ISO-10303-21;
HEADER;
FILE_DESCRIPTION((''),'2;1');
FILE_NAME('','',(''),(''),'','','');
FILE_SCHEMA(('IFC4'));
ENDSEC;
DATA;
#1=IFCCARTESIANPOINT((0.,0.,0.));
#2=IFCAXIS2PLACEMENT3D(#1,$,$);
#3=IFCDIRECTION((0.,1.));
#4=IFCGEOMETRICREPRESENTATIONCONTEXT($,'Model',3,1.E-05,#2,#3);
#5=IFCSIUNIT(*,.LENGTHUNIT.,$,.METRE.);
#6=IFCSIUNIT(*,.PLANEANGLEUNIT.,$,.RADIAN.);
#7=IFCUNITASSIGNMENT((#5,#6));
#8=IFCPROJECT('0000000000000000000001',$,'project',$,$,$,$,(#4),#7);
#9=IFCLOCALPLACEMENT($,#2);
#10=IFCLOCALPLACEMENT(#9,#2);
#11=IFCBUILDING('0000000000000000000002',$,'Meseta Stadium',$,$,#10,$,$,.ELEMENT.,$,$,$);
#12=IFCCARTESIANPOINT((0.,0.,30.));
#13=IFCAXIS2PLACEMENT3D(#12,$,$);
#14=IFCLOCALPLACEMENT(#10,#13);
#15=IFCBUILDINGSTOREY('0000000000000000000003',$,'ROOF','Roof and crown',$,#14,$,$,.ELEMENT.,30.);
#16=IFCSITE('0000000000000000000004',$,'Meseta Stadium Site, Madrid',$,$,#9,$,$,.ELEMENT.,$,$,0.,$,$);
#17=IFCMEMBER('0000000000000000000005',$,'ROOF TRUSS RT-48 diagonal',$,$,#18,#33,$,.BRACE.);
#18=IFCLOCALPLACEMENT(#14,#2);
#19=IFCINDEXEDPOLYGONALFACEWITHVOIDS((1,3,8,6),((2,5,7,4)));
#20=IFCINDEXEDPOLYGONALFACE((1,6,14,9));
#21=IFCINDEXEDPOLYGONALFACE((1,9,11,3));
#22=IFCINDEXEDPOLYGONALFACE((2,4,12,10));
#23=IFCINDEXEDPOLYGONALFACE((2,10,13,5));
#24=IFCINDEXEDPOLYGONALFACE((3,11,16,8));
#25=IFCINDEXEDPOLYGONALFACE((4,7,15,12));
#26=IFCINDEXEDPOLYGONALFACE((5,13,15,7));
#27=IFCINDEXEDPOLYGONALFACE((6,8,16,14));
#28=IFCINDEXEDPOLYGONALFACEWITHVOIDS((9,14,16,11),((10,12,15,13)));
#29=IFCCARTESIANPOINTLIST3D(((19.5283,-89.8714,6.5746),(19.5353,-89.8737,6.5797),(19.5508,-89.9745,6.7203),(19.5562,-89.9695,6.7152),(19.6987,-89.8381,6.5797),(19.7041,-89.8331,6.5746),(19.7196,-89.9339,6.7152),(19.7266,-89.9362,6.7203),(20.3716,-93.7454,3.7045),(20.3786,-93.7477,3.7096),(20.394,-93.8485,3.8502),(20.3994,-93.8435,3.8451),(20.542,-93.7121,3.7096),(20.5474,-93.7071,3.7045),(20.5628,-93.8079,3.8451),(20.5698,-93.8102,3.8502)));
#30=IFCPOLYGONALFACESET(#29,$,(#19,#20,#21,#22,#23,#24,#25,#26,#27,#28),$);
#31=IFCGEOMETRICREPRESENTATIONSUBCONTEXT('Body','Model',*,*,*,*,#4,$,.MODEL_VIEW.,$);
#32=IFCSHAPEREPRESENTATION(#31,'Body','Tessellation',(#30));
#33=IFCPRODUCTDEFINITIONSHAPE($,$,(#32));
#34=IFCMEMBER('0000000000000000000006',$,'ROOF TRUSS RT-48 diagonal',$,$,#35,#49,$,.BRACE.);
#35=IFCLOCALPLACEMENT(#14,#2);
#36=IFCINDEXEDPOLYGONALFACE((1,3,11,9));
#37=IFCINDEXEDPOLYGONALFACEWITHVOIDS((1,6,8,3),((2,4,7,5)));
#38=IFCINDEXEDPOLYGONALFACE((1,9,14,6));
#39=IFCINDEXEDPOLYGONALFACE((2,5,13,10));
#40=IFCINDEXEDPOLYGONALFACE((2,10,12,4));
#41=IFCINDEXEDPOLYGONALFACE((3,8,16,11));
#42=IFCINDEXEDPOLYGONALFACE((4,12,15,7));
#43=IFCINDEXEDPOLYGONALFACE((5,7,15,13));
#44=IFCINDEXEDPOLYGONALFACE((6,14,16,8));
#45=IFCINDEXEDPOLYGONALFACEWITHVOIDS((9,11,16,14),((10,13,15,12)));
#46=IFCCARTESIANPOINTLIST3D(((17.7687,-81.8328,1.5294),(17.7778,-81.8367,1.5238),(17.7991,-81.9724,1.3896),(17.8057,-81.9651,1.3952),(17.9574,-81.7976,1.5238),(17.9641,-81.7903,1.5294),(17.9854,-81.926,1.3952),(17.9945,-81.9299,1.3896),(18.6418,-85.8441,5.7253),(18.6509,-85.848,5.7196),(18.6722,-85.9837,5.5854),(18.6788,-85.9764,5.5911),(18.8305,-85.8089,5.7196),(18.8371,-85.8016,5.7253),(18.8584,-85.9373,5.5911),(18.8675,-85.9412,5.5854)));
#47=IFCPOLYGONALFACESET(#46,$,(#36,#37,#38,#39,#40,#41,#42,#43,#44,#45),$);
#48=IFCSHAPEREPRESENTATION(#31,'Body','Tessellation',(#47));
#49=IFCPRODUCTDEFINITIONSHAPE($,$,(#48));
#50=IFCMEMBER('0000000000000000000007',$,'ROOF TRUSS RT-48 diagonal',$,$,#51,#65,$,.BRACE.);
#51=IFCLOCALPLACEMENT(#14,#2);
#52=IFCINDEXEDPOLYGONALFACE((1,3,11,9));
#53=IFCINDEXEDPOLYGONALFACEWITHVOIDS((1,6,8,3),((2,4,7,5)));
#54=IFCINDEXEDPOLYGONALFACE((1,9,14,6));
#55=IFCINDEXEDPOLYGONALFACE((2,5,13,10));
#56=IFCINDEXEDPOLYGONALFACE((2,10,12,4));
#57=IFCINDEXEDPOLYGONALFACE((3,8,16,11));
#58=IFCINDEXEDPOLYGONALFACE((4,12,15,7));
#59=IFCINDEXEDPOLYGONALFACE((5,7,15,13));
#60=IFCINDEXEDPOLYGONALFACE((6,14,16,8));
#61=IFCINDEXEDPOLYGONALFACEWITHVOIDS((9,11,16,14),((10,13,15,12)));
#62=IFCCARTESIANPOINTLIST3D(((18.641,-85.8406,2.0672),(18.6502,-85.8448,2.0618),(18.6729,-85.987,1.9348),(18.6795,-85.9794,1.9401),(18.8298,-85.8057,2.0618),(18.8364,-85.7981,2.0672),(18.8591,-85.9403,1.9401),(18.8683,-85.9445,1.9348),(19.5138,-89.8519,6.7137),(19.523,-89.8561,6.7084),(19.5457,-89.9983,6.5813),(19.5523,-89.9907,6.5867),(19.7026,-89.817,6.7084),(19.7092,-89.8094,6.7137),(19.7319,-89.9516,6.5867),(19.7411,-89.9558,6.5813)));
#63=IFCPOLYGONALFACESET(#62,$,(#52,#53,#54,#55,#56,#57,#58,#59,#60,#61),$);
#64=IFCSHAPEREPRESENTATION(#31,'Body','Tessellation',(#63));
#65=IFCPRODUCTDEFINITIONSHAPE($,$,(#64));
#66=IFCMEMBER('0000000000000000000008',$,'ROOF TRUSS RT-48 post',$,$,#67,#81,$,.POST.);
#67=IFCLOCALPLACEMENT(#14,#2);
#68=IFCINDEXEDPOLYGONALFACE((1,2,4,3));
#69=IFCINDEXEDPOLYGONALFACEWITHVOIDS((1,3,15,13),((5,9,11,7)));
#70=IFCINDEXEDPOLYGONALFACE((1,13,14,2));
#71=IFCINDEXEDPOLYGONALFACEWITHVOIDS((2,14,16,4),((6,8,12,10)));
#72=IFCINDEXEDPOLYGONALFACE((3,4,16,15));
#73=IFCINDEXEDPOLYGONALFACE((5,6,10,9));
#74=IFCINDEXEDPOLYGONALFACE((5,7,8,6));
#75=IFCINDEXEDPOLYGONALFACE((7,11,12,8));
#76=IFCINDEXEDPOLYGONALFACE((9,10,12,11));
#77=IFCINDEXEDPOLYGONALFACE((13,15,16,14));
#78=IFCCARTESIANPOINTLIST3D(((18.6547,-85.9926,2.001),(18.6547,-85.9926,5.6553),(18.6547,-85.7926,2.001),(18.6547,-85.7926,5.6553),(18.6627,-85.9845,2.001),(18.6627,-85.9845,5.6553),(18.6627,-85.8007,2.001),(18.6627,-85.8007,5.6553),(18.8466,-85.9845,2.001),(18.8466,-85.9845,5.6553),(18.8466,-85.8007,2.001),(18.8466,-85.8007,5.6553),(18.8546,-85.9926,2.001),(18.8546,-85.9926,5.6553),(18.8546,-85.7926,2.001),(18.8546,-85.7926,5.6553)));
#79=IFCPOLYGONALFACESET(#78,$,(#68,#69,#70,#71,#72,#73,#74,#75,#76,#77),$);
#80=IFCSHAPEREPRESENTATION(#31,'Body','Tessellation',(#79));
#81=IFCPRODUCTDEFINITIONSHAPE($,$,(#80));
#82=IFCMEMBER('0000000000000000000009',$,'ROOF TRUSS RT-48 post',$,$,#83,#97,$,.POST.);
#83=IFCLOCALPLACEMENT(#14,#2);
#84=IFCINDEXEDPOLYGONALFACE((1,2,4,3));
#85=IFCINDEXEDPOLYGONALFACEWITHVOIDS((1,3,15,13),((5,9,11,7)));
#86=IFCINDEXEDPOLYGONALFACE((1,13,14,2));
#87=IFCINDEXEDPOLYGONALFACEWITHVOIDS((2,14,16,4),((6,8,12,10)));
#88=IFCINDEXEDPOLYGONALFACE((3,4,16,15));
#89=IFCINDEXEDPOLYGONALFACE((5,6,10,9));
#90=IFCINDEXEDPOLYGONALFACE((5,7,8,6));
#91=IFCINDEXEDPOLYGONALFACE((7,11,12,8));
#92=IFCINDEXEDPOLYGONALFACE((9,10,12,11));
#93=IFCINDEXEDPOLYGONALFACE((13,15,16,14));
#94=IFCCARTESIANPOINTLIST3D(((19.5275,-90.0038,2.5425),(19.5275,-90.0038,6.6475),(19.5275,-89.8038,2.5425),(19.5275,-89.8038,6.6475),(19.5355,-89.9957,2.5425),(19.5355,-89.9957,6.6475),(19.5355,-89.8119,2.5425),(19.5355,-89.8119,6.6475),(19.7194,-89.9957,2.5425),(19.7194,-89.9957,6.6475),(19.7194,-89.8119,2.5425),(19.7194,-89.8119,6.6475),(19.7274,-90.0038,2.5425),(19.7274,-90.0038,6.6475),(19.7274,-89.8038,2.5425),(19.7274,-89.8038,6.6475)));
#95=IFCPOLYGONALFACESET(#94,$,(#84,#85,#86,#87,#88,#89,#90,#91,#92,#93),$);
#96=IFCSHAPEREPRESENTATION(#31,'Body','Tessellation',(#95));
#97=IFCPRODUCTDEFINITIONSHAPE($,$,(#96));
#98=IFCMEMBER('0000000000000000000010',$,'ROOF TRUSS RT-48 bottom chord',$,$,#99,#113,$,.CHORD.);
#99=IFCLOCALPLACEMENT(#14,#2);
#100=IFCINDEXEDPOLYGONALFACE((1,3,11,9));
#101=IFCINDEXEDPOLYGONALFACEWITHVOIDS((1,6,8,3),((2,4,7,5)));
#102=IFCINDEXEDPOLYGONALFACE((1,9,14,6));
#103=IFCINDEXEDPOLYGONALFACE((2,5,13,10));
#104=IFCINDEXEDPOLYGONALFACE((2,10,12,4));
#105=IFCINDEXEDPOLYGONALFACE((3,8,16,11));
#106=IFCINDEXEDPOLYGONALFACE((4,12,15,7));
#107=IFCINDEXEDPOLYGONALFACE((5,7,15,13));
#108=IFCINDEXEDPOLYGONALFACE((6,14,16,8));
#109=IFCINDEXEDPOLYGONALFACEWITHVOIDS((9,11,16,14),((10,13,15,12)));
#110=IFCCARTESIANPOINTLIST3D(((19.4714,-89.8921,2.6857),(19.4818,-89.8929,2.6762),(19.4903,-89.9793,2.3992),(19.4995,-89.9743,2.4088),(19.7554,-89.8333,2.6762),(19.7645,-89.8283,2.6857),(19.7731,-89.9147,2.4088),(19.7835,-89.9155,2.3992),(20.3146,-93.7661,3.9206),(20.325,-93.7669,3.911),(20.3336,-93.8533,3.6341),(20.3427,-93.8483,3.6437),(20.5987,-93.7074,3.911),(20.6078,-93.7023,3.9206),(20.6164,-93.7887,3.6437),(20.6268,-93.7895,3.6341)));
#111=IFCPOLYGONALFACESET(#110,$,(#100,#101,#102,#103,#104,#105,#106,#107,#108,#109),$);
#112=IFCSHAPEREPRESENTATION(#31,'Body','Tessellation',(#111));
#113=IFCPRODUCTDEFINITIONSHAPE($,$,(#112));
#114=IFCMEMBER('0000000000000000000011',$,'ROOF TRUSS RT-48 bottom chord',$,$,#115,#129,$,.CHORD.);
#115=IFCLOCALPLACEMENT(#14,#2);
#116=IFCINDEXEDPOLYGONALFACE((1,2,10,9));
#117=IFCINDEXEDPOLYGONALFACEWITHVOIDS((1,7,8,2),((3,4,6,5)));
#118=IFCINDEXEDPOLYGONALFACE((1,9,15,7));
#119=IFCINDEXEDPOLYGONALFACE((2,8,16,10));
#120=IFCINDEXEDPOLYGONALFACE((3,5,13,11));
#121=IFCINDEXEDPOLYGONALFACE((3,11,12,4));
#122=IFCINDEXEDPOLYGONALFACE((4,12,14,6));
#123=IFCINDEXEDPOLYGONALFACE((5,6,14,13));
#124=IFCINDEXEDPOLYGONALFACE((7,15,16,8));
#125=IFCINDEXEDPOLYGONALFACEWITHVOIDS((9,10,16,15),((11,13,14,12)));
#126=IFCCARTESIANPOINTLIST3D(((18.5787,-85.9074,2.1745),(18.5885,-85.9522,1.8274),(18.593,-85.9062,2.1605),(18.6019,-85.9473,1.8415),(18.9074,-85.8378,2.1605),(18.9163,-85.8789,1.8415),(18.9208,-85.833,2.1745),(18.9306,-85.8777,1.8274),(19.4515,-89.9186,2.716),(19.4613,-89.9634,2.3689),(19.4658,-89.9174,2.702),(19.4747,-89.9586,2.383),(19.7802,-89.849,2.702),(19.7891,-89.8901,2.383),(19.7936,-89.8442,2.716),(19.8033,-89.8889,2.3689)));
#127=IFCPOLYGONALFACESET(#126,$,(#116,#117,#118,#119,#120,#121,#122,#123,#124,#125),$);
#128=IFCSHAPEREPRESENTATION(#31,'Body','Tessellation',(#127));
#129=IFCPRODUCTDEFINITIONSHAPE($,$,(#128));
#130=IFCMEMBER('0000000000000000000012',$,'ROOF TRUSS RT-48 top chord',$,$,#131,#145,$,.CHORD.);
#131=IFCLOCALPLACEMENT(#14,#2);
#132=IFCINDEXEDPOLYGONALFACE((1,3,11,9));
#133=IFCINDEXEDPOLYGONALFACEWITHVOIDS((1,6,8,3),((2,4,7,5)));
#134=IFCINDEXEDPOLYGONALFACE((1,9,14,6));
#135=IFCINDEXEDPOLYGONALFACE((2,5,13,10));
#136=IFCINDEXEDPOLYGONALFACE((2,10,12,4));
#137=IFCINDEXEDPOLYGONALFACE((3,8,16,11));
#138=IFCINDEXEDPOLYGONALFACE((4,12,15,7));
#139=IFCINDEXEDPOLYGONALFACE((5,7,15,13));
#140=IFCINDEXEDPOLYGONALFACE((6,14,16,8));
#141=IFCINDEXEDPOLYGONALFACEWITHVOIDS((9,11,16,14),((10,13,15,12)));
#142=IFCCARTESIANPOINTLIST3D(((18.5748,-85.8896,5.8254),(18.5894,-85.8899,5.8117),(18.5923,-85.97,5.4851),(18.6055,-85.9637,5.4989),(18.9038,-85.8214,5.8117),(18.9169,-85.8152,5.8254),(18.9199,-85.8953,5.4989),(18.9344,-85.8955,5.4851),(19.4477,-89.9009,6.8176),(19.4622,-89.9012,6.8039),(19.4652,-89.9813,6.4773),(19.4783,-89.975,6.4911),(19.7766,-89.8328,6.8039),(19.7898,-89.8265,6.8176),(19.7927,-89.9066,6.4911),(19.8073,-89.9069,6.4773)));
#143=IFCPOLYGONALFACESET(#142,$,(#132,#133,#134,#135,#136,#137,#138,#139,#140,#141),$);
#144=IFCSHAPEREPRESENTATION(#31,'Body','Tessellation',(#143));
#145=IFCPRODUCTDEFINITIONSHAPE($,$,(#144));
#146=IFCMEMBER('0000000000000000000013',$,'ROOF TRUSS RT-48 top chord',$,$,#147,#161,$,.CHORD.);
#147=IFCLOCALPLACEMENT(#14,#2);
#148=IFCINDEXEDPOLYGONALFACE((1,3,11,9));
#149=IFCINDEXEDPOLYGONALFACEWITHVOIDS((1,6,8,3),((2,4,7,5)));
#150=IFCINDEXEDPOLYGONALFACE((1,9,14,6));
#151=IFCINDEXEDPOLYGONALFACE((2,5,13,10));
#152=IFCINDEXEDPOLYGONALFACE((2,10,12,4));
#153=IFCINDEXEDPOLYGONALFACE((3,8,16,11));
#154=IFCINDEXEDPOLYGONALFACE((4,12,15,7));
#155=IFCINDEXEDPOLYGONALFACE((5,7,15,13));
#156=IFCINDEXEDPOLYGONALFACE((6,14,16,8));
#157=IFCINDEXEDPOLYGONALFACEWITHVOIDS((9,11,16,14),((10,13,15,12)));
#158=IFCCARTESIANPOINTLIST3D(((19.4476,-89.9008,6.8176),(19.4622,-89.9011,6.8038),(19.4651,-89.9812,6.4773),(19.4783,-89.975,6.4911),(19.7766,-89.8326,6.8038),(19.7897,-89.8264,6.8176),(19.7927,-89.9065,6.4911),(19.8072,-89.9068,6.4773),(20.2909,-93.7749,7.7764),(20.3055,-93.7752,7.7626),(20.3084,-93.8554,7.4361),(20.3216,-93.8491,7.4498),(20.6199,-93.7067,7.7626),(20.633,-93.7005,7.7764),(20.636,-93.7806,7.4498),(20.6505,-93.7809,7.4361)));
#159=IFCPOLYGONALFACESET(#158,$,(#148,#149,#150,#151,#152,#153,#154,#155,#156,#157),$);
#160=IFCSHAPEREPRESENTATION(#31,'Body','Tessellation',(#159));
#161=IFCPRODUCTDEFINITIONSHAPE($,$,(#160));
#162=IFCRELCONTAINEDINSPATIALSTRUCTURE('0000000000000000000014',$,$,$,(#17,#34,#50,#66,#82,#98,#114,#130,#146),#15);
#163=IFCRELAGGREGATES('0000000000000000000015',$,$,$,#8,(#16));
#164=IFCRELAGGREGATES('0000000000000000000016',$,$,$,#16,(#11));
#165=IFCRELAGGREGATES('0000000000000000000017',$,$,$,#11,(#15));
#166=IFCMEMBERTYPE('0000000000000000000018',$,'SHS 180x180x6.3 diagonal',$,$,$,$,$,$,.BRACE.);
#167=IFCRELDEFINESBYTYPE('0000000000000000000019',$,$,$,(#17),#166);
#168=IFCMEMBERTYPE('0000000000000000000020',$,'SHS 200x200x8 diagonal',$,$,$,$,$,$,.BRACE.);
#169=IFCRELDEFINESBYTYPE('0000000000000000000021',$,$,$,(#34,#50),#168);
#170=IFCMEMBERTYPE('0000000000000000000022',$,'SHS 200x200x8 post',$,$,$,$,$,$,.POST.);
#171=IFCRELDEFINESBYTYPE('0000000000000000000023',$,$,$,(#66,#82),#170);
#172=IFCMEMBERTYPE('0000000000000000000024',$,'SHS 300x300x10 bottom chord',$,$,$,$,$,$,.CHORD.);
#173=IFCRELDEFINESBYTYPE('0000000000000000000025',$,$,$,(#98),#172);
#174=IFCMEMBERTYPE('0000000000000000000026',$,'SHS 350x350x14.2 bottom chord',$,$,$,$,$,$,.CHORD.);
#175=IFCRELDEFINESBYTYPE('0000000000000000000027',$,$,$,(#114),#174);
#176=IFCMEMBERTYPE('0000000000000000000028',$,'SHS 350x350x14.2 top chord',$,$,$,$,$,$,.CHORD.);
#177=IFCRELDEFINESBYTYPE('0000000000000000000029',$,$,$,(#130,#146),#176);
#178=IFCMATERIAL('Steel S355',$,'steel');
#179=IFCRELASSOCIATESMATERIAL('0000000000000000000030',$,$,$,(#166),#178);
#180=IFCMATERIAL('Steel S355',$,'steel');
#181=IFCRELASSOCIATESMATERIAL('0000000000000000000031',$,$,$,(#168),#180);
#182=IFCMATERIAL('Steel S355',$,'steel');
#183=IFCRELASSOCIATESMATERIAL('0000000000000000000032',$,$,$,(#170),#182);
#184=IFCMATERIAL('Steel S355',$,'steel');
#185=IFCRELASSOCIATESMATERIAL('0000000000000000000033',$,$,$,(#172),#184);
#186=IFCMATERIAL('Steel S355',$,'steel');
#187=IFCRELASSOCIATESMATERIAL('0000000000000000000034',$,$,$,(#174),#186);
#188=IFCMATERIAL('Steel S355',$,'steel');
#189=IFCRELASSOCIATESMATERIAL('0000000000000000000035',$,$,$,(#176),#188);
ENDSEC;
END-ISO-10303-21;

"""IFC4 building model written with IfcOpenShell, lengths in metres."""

from ifc_helpers import new_model, si_unit, direction, frame, origin, origin_2d, place, context, subcontext, project, spatial, hollow_rectangle, extrude, material, material_profile, profile_set, type_object, element, save


model = new_model("IFC4")

# Units and contexts
model_context = context("Model", 3, precision=1e-05, world=origin(), true_north=direction((0.0, 1.0)))
body_context = subcontext(model_context, "Body", "Model", "MODEL_VIEW")
ifc_project = project(units=[si_unit("LENGTHUNIT", "METRE"), si_unit("PLANEANGLEUNIT", "RADIAN")], contexts=[model_context])

# Site, building, storey
site_placement = place(None, origin())
site = spatial("IfcSite", under=ifc_project, at=site_placement, Name="Meseta Stadium Site, Madrid", CompositionType="ELEMENT", RefElevation=0.0)
building_placement = place(site_placement, origin())
building = spatial("IfcBuilding", under=site, at=building_placement, Name="Meseta Stadium", CompositionType="ELEMENT")
storey_placement = place(building_placement, frame((0.0, 0.0, 30.0)))
storey = spatial("IfcBuildingStorey", under=building, at=storey_placement, Name="ROOF", Description="Roof and crown", CompositionType="ELEMENT", Elevation=30.0)

# Members
ifc_material_1 = material(Name="Steel S355", Category="steel")
ifc_material_profile_1 = material_profile(ifc_material_1, hollow_rectangle(XDim=0.1799, YDim=0.1799, WallThickness=0.0063, at=origin_2d()), Name="SHS 180x180x6.3")
ifc_profile_set_1 = profile_set([ifc_material_profile_1], Name="Steel S355")
member_type_1 = type_object("IfcMemberType", Name="SHS 180x180x6.3 diagonal", PredefinedType="BRACE", material=ifc_profile_set_1)
member_1_placement = place(storey_placement, frame((19.6274, -89.9038, 6.6475), z_axis=(0.172285, -0.791496, -0.586389), x_axis=(0.97712, 0.21269, 0.0)))
element("IfcMember", 1, at=member_1_placement, inside=storey, type_object=member_type_1, Name="ROOF TRUSS RT-48 diagonal", PredefinedType="BRACE", context=body_context, shape_type="SweptSolid", body=[
    extrude(hollow_rectangle(XDim=0.1799, YDim=0.1799, WallThickness=0.0063, at=origin_2d()), origin(), (0.0, 0.0, 1.0), 4.8945),
])
ifc_material_2 = material(Name="Steel S355", Category="steel")
ifc_material_profile_2 = material_profile(ifc_material_2, hollow_rectangle(XDim=0.2, YDim=0.2, WallThickness=0.0081, at=origin_2d()), Name="SHS 200x200x8")
ifc_profile_set_2 = profile_set([ifc_material_profile_2], Name="Steel S355")
member_type_2 = type_object("IfcMemberType", Name="SHS 200x200x8 diagonal", PredefinedType="BRACE", material=ifc_profile_set_2)
member_2_placement = place(storey_placement, frame((17.8816, -81.8813, 1.4595), z_axis=(0.14873, -0.683344, 0.714787), x_axis=(0.977124, 0.212672, 0.0)))
element("IfcMember", 2, at=member_2_placement, inside=storey, type_object=member_type_2, Name="ROOF TRUSS RT-48 diagonal", PredefinedType="BRACE", context=body_context, shape_type="SweptSolid", body=[
    extrude(hollow_rectangle(XDim=0.2, YDim=0.2, WallThickness=0.0081, at=origin_2d()), origin(), (0.0, 0.0, 1.0), 5.8701),
])
member_3_placement = place(storey_placement, frame((18.7546, -85.8926, 2.001), z_axis=(0.140772, -0.646959, 0.749418), x_axis=(0.977136, 0.212615, 0.0)))
element("IfcMember", 3, at=member_3_placement, inside=storey, type_object=member_type_2, Name="ROOF TRUSS RT-48 diagonal", PredefinedType="BRACE", context=body_context, shape_type="SweptSolid", body=[
    extrude(hollow_rectangle(XDim=0.2, YDim=0.2, WallThickness=0.0081, at=origin_2d()), origin(), (0.0, 0.0, 1.0), 6.2002),
])
ifc_material_3 = material(Name="Steel S355", Category="steel")
ifc_material_profile_3 = material_profile(ifc_material_3, hollow_rectangle(XDim=0.2, YDim=0.2, WallThickness=0.0081, at=origin_2d()), Name="SHS 200x200x8")
ifc_profile_set_3 = profile_set([ifc_material_profile_3], Name="Steel S355")
member_type_3 = type_object("IfcMemberType", Name="SHS 200x200x8 post", PredefinedType="POST", material=ifc_profile_set_3)
member_4_placement = place(storey_placement, frame((18.7546, -85.8926, 2.001), z_axis=(0.0, 0.0, 1.0), x_axis=(1.0, 0.0, 0.0)))
element("IfcMember", 4, at=member_4_placement, inside=storey, type_object=member_type_3, Name="ROOF TRUSS RT-48 post", PredefinedType="POST", context=body_context, shape_type="SweptSolid", body=[
    extrude(hollow_rectangle(XDim=0.2, YDim=0.2, WallThickness=0.0081, at=origin_2d()), origin(), (0.0, 0.0, 1.0), 3.6543),
])
member_5_placement = place(storey_placement, frame((19.6274, -89.9038, 2.5425), z_axis=(0.0, 0.0, 1.0), x_axis=(1.0, 0.0, 0.0)))
element("IfcMember", 5, at=member_5_placement, inside=storey, type_object=member_type_3, Name="ROOF TRUSS RT-48 post", PredefinedType="POST", context=body_context, shape_type="SweptSolid", body=[
    extrude(hollow_rectangle(XDim=0.2, YDim=0.2, WallThickness=0.0081, at=origin_2d()), origin(), (0.0, 0.0, 1.0), 4.105),
])
ifc_material_4 = material(Name="Steel S355", Category="steel")
ifc_material_profile_4 = material_profile(ifc_material_4, hollow_rectangle(XDim=0.3, YDim=0.3, WallThickness=0.01, at=origin_2d()), Name="SHS 300x300x10")
ifc_profile_set_4 = profile_set([ifc_material_profile_4], Name="Steel S355")
member_type_4 = type_object("IfcMemberType", Name="SHS 300x300x10 bottom chord", PredefinedType="CHORD", material=ifc_profile_set_4)
member_6_placement = place(storey_placement, frame((19.6274, -89.9038, 2.5425), z_axis=(0.203069, -0.932917, 0.297372), x_axis=(0.97712, 0.21269, 0.0)))
element("IfcMember", 6, at=member_6_placement, inside=storey, type_object=member_type_4, Name="ROOF TRUSS RT-48 bottom chord", PredefinedType="CHORD", context=body_context, shape_type="SweptSolid", body=[
    extrude(hollow_rectangle(XDim=0.3, YDim=0.3, WallThickness=0.01, at=origin_2d()), origin(), (0.0, 0.0, 1.0), 4.1526),
])
ifc_material_5 = material(Name="Steel S355", Category="steel")
ifc_material_profile_5 = material_profile(ifc_material_5, hollow_rectangle(XDim=0.3501, YDim=0.3501, WallThickness=0.0142, at=origin_2d()), Name="SHS 350x350x14.2")
ifc_profile_set_5 = profile_set([ifc_material_profile_5], Name="Steel S355")
member_type_5 = type_object("IfcMemberType", Name="SHS 350x350x14.2 bottom chord", PredefinedType="CHORD", material=ifc_profile_set_5)
member_7_placement = place(storey_placement, frame((18.7546, -85.8926, 2.001), z_axis=(0.210789, -0.968744, 0.130778), x_axis=(0.977136, 0.212615, 0.0)))
element("IfcMember", 7, at=member_7_placement, inside=storey, type_object=member_type_5, Name="ROOF TRUSS RT-48 bottom chord", PredefinedType="CHORD", context=body_context, shape_type="SweptSolid", body=[
    extrude(hollow_rectangle(XDim=0.3501, YDim=0.3501, WallThickness=0.0142, at=origin_2d()), origin(), (0.0, 0.0, 1.0), 4.1406),
])
ifc_material_6 = material(Name="Steel S355", Category="steel")
ifc_material_profile_6 = material_profile(ifc_material_6, hollow_rectangle(XDim=0.3501, YDim=0.3501, WallThickness=0.0142, at=origin_2d()), Name="SHS 350x350x14.2")
ifc_profile_set_6 = profile_set([ifc_material_profile_6], Name="Steel S355")
member_type_6 = type_object("IfcMemberType", Name="SHS 350x350x14.2 top chord", PredefinedType="CHORD", material=ifc_profile_set_6)
member_8_placement = place(storey_placement, frame((18.7546, -85.8926, 5.6553), z_axis=(0.206664, -0.949788, 0.234932), x_axis=(0.977136, 0.212615, 0.0)))
element("IfcMember", 8, at=member_8_placement, inside=storey, type_object=member_type_6, Name="ROOF TRUSS RT-48 top chord", PredefinedType="CHORD", context=body_context, shape_type="SweptSolid", body=[
    extrude(hollow_rectangle(XDim=0.3501, YDim=0.3501, WallThickness=0.0142, at=origin_2d()), origin(), (0.0, 0.0, 1.0), 4.2234),
])
member_9_placement = place(storey_placement, frame((19.6274, -89.9038, 6.6475), z_axis=(0.206732, -0.949746, 0.235042), x_axis=(0.97712, 0.21269, 0.0)))
element("IfcMember", 9, at=member_9_placement, inside=storey, type_object=member_type_6, Name="ROOF TRUSS RT-48 top chord", PredefinedType="CHORD", context=body_context, shape_type="SweptSolid", body=[
    extrude(hollow_rectangle(XDim=0.3501, YDim=0.3501, WallThickness=0.0142, at=origin_2d()), origin(), (0.0, 0.0, 1.0), 4.0791),
])

save(model, "model.ifc")
